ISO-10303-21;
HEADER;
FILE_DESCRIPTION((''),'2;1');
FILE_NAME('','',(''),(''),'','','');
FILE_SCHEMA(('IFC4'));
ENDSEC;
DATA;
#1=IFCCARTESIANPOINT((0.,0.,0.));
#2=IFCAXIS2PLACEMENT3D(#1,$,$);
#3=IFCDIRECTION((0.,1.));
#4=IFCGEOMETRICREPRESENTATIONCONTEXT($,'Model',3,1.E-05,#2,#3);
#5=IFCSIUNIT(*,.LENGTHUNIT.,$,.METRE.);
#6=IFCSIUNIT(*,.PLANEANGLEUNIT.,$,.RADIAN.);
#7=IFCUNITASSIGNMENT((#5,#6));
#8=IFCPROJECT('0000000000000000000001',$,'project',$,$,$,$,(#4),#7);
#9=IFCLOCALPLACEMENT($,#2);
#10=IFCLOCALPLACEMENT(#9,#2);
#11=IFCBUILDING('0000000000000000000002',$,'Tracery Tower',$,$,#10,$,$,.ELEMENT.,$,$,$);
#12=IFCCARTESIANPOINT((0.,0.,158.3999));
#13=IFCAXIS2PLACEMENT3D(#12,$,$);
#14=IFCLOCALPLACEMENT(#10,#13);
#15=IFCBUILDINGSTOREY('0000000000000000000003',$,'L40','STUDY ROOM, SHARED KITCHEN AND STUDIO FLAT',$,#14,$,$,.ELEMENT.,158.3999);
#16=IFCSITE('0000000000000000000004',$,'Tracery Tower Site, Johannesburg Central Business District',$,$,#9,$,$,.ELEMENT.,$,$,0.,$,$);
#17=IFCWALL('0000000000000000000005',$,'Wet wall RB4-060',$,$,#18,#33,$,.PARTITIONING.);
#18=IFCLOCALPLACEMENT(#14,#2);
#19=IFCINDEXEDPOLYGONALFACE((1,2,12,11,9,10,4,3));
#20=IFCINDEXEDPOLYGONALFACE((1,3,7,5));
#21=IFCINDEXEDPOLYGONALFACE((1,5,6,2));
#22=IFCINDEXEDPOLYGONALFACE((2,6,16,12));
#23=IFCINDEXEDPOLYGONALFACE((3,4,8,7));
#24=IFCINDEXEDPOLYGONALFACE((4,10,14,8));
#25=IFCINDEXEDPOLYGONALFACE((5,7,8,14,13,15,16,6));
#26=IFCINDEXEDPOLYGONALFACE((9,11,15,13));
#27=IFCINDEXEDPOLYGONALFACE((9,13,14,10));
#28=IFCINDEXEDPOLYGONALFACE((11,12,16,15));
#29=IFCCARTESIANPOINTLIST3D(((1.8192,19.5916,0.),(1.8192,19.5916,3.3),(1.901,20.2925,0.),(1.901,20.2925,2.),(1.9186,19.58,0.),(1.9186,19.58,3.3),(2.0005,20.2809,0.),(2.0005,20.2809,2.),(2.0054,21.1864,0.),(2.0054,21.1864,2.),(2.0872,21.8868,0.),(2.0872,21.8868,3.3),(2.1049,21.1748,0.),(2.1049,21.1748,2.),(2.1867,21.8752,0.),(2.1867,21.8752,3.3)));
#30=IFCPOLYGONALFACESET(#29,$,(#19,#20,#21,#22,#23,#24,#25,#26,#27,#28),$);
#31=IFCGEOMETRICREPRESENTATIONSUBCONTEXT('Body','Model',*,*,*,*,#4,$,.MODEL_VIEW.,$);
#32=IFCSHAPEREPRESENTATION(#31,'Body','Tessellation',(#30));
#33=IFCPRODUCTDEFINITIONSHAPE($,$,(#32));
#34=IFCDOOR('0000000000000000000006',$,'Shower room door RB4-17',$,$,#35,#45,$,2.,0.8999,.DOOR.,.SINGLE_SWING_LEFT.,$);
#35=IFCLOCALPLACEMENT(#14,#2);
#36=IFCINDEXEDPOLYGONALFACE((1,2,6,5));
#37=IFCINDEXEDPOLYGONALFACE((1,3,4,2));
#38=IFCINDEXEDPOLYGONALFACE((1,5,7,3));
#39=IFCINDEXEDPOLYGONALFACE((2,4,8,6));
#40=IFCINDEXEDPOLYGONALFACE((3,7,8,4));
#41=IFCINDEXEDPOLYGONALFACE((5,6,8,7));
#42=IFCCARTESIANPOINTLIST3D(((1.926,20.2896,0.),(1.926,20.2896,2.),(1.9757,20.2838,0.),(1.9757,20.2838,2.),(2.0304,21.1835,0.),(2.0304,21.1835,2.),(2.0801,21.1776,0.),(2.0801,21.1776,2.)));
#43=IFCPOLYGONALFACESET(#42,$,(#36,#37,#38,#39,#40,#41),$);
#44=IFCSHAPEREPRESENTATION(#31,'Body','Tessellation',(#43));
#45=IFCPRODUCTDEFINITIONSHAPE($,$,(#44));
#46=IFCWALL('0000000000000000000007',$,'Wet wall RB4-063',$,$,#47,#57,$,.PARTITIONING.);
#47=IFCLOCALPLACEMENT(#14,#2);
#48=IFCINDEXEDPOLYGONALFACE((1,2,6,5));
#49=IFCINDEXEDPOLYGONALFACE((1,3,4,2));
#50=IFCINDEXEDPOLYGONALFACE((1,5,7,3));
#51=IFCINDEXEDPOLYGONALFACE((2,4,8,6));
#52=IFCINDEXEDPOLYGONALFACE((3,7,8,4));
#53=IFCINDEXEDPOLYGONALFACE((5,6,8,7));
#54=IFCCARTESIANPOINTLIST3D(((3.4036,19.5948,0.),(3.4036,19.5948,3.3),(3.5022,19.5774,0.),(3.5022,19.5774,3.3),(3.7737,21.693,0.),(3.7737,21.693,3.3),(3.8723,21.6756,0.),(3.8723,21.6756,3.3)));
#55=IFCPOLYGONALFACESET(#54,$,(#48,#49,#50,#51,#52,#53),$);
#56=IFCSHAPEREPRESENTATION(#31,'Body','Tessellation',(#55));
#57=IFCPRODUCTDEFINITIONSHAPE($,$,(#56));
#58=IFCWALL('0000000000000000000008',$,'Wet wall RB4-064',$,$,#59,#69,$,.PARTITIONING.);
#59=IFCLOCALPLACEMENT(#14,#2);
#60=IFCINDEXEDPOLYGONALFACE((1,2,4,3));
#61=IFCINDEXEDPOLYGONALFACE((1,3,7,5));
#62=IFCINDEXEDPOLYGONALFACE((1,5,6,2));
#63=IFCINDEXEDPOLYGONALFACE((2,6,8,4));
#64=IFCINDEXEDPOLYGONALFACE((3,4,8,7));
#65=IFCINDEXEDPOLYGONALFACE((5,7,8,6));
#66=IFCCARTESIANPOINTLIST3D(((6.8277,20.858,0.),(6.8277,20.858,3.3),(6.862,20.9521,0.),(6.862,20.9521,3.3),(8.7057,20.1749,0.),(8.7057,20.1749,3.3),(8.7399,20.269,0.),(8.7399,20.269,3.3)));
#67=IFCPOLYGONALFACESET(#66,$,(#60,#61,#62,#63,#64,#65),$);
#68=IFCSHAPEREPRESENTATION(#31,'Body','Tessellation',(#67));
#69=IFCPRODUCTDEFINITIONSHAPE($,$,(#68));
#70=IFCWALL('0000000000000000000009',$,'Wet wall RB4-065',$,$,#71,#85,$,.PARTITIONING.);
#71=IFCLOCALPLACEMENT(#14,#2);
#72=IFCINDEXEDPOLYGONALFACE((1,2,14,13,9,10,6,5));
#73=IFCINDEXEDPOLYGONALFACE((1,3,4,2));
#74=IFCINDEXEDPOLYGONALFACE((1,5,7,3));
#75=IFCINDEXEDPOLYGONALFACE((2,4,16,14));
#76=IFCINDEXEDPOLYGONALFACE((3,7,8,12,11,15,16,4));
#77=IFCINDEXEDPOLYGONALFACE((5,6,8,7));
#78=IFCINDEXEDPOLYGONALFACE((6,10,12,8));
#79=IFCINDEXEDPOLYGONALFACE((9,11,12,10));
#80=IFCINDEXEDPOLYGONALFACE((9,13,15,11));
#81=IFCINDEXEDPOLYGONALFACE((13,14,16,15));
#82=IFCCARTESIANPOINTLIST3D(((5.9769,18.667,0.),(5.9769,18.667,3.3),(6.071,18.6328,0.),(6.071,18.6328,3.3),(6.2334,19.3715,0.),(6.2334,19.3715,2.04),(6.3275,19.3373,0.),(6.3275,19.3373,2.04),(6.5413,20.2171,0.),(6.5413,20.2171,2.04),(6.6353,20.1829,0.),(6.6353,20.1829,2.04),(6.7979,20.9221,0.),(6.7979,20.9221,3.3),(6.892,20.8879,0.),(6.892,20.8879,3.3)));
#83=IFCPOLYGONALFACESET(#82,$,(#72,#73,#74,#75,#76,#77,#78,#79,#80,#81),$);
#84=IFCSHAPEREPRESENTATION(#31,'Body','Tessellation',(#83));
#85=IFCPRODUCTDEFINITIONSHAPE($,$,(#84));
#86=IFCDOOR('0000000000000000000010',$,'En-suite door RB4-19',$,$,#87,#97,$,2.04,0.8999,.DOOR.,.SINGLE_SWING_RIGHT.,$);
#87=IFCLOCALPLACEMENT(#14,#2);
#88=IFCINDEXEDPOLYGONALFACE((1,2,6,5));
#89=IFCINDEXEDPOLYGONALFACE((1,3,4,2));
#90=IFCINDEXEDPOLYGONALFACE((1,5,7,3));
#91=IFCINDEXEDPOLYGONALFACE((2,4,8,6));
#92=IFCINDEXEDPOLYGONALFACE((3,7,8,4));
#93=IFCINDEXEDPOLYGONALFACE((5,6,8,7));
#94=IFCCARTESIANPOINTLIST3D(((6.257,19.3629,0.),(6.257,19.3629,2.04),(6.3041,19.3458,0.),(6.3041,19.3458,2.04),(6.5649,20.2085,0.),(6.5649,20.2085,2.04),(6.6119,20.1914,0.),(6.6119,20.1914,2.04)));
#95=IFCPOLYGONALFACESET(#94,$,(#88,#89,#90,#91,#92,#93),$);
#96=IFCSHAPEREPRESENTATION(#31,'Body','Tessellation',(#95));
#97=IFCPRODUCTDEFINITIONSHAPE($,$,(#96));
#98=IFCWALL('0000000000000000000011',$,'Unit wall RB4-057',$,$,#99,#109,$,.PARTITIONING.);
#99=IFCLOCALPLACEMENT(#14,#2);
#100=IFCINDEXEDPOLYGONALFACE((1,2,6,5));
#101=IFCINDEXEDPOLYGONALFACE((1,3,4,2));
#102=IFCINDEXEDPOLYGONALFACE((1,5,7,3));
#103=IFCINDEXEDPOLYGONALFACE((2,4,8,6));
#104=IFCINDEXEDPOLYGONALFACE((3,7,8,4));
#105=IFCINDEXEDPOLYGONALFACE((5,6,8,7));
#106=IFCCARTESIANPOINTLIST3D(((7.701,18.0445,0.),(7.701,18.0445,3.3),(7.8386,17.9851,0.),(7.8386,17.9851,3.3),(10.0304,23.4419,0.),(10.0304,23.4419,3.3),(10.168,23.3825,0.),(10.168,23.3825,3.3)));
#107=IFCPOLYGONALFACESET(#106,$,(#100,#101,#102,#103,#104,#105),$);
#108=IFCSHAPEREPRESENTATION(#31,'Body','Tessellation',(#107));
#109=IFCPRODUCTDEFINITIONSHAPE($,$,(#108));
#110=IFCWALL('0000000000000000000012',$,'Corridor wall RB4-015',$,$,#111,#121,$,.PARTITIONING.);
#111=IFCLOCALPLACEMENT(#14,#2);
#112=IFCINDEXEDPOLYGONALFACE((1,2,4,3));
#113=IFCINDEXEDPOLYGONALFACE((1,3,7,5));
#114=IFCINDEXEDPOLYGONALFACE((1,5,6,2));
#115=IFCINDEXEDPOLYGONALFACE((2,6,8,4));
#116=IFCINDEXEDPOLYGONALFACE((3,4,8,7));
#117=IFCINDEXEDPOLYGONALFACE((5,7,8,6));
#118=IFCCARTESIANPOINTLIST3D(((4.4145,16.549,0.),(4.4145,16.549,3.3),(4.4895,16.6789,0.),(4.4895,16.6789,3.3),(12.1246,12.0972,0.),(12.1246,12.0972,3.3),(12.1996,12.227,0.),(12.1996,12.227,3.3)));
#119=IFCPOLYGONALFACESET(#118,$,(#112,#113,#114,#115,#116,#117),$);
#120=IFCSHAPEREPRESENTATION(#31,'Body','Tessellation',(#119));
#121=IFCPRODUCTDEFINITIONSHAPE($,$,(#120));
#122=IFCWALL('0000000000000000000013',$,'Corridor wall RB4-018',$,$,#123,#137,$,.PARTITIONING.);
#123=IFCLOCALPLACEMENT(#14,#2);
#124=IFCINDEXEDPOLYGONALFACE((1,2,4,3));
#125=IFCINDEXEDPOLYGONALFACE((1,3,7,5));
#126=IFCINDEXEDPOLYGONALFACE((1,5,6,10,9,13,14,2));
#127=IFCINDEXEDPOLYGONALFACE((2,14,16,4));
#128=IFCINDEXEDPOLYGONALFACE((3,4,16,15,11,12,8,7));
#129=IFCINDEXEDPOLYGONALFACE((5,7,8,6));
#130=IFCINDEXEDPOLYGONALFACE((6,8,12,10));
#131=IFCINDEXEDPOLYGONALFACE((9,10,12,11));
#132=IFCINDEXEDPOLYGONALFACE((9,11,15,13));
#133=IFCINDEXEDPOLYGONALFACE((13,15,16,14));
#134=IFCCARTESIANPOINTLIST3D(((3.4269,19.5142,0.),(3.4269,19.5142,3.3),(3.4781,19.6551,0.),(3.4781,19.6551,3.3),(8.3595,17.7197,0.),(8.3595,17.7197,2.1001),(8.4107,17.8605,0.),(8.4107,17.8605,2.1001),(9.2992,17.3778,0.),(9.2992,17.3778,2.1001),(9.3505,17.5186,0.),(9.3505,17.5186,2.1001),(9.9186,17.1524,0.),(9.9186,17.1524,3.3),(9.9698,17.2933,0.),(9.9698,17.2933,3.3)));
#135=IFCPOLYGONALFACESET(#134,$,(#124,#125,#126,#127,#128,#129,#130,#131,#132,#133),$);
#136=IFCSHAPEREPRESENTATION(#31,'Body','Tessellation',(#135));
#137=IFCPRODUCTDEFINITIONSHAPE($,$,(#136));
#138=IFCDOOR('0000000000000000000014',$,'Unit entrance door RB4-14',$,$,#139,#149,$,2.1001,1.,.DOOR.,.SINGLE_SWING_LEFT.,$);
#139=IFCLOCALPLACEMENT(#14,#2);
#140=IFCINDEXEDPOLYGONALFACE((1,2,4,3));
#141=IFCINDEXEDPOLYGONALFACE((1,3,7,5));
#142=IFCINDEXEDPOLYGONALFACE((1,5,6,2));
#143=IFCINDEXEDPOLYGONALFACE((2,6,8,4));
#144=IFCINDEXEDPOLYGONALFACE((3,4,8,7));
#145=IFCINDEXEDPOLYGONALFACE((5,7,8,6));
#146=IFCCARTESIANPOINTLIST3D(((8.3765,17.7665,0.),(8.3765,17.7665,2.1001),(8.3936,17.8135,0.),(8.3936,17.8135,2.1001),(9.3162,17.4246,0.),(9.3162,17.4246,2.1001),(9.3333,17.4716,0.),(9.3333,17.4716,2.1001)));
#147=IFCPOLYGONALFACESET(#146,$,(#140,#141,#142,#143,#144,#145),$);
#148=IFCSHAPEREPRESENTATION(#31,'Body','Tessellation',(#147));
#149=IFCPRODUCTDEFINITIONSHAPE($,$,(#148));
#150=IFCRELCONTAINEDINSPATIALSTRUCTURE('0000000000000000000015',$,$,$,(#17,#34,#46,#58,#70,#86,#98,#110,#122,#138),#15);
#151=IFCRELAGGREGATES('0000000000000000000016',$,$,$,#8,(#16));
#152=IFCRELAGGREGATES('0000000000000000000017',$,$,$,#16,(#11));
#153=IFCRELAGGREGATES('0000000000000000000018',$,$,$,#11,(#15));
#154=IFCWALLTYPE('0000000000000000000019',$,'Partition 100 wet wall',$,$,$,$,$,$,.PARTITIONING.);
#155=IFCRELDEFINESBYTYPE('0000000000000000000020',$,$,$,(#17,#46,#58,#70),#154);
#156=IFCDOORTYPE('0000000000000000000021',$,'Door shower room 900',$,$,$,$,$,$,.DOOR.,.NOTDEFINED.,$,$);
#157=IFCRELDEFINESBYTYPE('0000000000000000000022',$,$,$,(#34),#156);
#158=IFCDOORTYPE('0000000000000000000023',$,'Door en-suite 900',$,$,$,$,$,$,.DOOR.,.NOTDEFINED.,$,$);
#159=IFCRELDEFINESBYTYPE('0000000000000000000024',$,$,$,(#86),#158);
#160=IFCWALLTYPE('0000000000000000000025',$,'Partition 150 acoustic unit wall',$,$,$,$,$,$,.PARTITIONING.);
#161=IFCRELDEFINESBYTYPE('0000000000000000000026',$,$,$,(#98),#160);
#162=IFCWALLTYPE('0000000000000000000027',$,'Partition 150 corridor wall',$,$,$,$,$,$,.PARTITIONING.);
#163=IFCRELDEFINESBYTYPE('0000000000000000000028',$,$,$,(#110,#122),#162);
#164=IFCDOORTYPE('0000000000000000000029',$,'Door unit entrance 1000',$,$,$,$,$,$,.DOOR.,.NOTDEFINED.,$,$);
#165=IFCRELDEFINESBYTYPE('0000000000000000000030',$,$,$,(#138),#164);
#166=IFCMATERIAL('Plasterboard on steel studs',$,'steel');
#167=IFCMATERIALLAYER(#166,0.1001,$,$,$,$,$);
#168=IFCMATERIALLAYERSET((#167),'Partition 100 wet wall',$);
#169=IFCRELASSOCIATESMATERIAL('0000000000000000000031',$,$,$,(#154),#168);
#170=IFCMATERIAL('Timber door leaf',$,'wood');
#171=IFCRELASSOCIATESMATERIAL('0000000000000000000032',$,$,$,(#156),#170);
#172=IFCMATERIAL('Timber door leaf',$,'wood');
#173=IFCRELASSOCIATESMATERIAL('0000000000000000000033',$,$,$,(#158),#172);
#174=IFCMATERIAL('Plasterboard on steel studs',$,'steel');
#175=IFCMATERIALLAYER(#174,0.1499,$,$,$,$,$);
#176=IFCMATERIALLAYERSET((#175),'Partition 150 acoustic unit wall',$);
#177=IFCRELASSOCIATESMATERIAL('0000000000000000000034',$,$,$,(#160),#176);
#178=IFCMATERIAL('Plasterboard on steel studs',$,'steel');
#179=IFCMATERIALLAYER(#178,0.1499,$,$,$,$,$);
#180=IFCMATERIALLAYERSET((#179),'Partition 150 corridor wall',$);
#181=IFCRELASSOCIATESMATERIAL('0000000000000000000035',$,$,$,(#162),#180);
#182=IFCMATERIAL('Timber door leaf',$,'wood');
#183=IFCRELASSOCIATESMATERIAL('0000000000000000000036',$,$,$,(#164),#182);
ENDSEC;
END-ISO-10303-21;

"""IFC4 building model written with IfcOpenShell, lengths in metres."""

from ifc_helpers import new_model, si_unit, direction, frame, frame_2d, origin, place, context, subcontext, project, spatial, rectangle, extrude, material, layer, layer_set, type_object, element, fill, save


model = new_model("IFC4")

# Units and contexts
model_context = context("Model", 3, precision=1e-05, world=origin(), true_north=direction((0.0, 1.0)))
body_context = subcontext(model_context, "Body", "Model", "MODEL_VIEW")
ifc_project = project(units=[si_unit("LENGTHUNIT", "METRE"), si_unit("PLANEANGLEUNIT", "RADIAN")], contexts=[model_context])

# Site, building, storey
site_placement = place(None, origin())
site = spatial("IfcSite", under=ifc_project, at=site_placement, Name="Tracery Tower Site, Johannesburg Central Business District", CompositionType="ELEMENT", RefElevation=0.0)
building_placement = place(site_placement, origin())
building = spatial("IfcBuilding", under=site, at=building_placement, Name="Tracery Tower", CompositionType="ELEMENT")
storey_placement = place(building_placement, frame((0.0, 0.0, 158.3999)))
storey = spatial("IfcBuildingStorey", under=building, at=storey_placement, Name="L40", Description="STUDY ROOM, SHARED KITCHEN AND STUDIO FLAT", CompositionType="ELEMENT", Elevation=158.3999)

# Shared definitions
ifc_material_1 = material(Name="Plasterboard on steel studs", Category="steel")
ifc_layer_1 = layer(ifc_material_1, 0.1001)
ifc_layer_set_1 = layer_set([ifc_layer_1], Name="Partition 100 wet wall")
wall_type_1 = type_object("IfcWallType", Name="Partition 100 wet wall", PredefinedType="PARTITIONING", material=ifc_layer_set_1)

# Wall, opening, door
wall_1_placement = place(storey_placement, frame((1.8689, 19.5859, 0.0), z_axis=(0.0, 0.0, 1.0), x_axis=(0.116008, 0.993248, 0.0)))
wall_1 = element("IfcWall", 1, at=wall_1_placement, inside=storey, type_object=wall_type_1, Name="Wet wall RB4-060", PredefinedType="PARTITIONING", context=body_context, shape_type="SweptSolid", body=[
    extrude(rectangle(XDim=2.3108, YDim=0.1001, at=frame_2d((1.1553, 0.0))), origin(), (0.0, 0.0, 1.0), 3.3),
])
opening_1_placement = place(wall_1_placement, frame((0.7056, 0.0, 0.0)))
opening_1 = element("IfcOpeningElement", 2, at=opening_1_placement, cuts=wall_1, PredefinedType="OPENING", context=body_context, shape_type="SweptSolid", body=[
    extrude(rectangle(XDim=0.8999, YDim=2.0, at=frame_2d((0.45, 1.0))), frame((0.0, 0.05, 0.0), z_axis=(0.0, -1.0, 0.0), x_axis=(1.0, 0.0, 0.0)), (0.0, 0.0, 1.0), 0.1001),
])
ifc_material_2 = material(Name="Timber door leaf", Category="wood")
door_type_1 = type_object("IfcDoorType", Name="Door shower room 900", OperationType="NOTDEFINED", PredefinedType="DOOR", material=ifc_material_2)
door_1_placement = place(opening_1_placement, origin())
door_1 = element("IfcDoor", 3, at=door_1_placement, inside=storey, type_object=door_type_1, Name="Shower room door RB4-17", OperationType="SINGLE_SWING_LEFT", OverallHeight=2.0, OverallWidth=0.8999, PredefinedType="DOOR", context=body_context, shape_type="SweptSolid", body=[
    extrude(rectangle(XDim=0.8999, YDim=2.0, at=frame_2d((0.45, 1.0))), frame((0.0, 0.0249, 0.0), z_axis=(0.0, -1.0, 0.0), x_axis=(1.0, 0.0, 0.0)), (0.0, 0.0, 1.0), 0.05),
])
fill(opening_1, door_1)

# Walls
wall_2_placement = place(storey_placement, frame((3.4529, 19.5859, 0.0), z_axis=(0.0, 0.0, 1.0), x_axis=(0.17372, 0.984795, 0.0)))
element("IfcWall", 4, at=wall_2_placement, inside=storey, type_object=wall_type_1, Name="Wet wall RB4-063", PredefinedType="PARTITIONING", context=body_context, shape_type="SweptSolid", body=[
    extrude(rectangle(XDim=2.1306, YDim=0.1001, at=frame_2d((1.0654, 0.0))), origin(), (0.0, 0.0, 1.0), 3.3),
])
wall_3_placement = place(storey_placement, frame((6.845, 20.905, 0.0), z_axis=(0.0, 0.0, 1.0), x_axis=(0.939758, -0.341841, 0.0)))
element("IfcWall", 5, at=wall_3_placement, inside=storey, type_object=wall_type_1, Name="Wet wall RB4-064", PredefinedType="PARTITIONING", context=body_context, shape_type="SweptSolid", body=[
    extrude(rectangle(XDim=1.9983, YDim=0.1001, at=frame_2d((0.999, 0.0))), origin(), (0.0, 0.0, 1.0), 3.3),
])

# Wall, opening, door
wall_4_placement = place(storey_placement, frame((6.0239, 18.6499, 0.0), z_axis=(0.0, 0.0, 1.0), x_axis=(0.342111, 0.93966, 0.0)))
wall_4 = element("IfcWall", 6, at=wall_4_placement, inside=storey, type_object=wall_type_1, Name="Wet wall RB4-065", PredefinedType="PARTITIONING", context=body_context, shape_type="SweptSolid", body=[
    extrude(rectangle(XDim=2.3999, YDim=0.1001, at=frame_2d((1.2, 0.0))), origin(), (0.0, 0.0, 1.0), 3.3),
])
opening_2_placement = place(wall_4_placement, frame((0.7498, 0.0, 0.0)))
opening_2 = element("IfcOpeningElement", 7, at=opening_2_placement, cuts=wall_4, PredefinedType="OPENING", context=body_context, shape_type="SweptSolid", body=[
    extrude(rectangle(XDim=0.8999, YDim=2.04, at=frame_2d((0.45, 1.02))), frame((0.0, 0.05, 0.0), z_axis=(0.0, -1.0, 0.0), x_axis=(1.0, 0.0, 0.0)), (0.0, 0.0, 1.0), 0.1001),
])
ifc_material_3 = material(Name="Timber door leaf", Category="wood")
door_type_2 = type_object("IfcDoorType", Name="Door en-suite 900", OperationType="NOTDEFINED", PredefinedType="DOOR", material=ifc_material_3)
door_2_placement = place(opening_2_placement, origin())
door_2 = element("IfcDoor", 8, at=door_2_placement, inside=storey, type_object=door_type_2, Name="En-suite door RB4-19", OperationType="SINGLE_SWING_RIGHT", OverallHeight=2.04, OverallWidth=0.8999, PredefinedType="DOOR", context=body_context, shape_type="SweptSolid", body=[
    extrude(rectangle(XDim=0.8999, YDim=2.04, at=frame_2d((0.45, 1.02))), frame((0.0, 0.0249, 0.0), z_axis=(0.0, -1.0, 0.0), x_axis=(1.0, 0.0, 0.0)), (0.0, 0.0, 1.0), 0.05),
])
fill(opening_2, door_2)

# Walls
ifc_material_4 = material(Name="Plasterboard on steel studs", Category="steel")
ifc_layer_2 = layer(ifc_material_4, 0.1499)
ifc_layer_set_2 = layer_set([ifc_layer_2], Name="Partition 150 acoustic unit wall")
wall_type_2 = type_object("IfcWallType", Name="Partition 150 acoustic unit wall", PredefinedType="PARTITIONING", material=ifc_layer_set_2)
wall_5_placement = place(storey_placement, frame((7.7698, 18.0146, 0.0), z_axis=(0.0, 0.0, 1.0), x_axis=(0.396239, 0.918148, 0.0)))
element("IfcWall", 9, at=wall_5_placement, inside=storey, type_object=wall_type_2, Name="Unit wall RB4-057", PredefinedType="PARTITIONING", context=body_context, shape_type="SweptSolid", body=[
    extrude(rectangle(XDim=5.8787, YDim=0.1499, at=frame_2d((2.9395, 0.0))), origin(), (0.0, 0.0, 1.0), 3.3),
])
ifc_material_5 = material(Name="Plasterboard on steel studs", Category="steel")
ifc_layer_3 = layer(ifc_material_5, 0.1499)
ifc_layer_set_3 = layer_set([ifc_layer_3], Name="Partition 150 corridor wall")
wall_type_3 = type_object("IfcWallType", Name="Partition 150 corridor wall", PredefinedType="PARTITIONING", material=ifc_layer_set_3)
wall_6_placement = place(storey_placement, frame((4.4519, 16.614, 0.0), z_axis=(0.0, 0.0, 1.0), x_axis=(0.866005, -0.500035, 0.0)))
element("IfcWall", 10, at=wall_6_placement, inside=storey, type_object=wall_type_3, Name="Corridor wall RB4-015", PredefinedType="PARTITIONING", context=body_context, shape_type="SweptSolid", body=[
    extrude(rectangle(XDim=8.9031, YDim=0.1499, at=frame_2d((4.4517, 0.0))), origin(), (0.0, 0.0, 1.0), 3.3),
])

# Wall, opening, door
wall_7_placement = place(storey_placement, frame((3.4524, 19.5847, 0.0), z_axis=(0.0, 0.0, 1.0), x_axis=(0.939738, -0.341896, 0.0)))
wall_7 = element("IfcWall", 11, at=wall_7_placement, inside=storey, type_object=wall_type_3, Name="Corridor wall RB4-018", PredefinedType="PARTITIONING", context=body_context, shape_type="SweptSolid", body=[
    extrude(rectangle(XDim=6.908, YDim=0.1499, at=frame_2d((3.4541, 0.0))), origin(), (0.0, 0.0, 1.0), 3.3),
])
opening_3_placement = place(wall_7_placement, frame((5.249, 0.0, 0.0)))
opening_3 = element("IfcOpeningElement", 12, at=opening_3_placement, cuts=wall_7, PredefinedType="OPENING", context=body_context, shape_type="SweptSolid", body=[
    extrude(rectangle(XDim=1.0, YDim=2.1001, at=frame_2d((0.5, 1.05))), frame((0.0, 0.075, 0.0), z_axis=(0.0, -1.0, 0.0), x_axis=(1.0, 0.0, 0.0)), (0.0, 0.0, 1.0), 0.1499),
])
ifc_material_6 = material(Name="Timber door leaf", Category="wood")
door_type_3 = type_object("IfcDoorType", Name="Door unit entrance 1000", OperationType="NOTDEFINED", PredefinedType="DOOR", material=ifc_material_6)
door_3_placement = place(opening_3_placement, origin())
door_3 = element("IfcDoor", 13, at=door_3_placement, inside=storey, type_object=door_type_3, Name="Unit entrance door RB4-14", OperationType="SINGLE_SWING_LEFT", OverallHeight=2.1001, OverallWidth=1.0, PredefinedType="DOOR", context=body_context, shape_type="SweptSolid", body=[
    extrude(rectangle(XDim=1.0, YDim=2.1001, at=frame_2d((0.5, 1.05))), frame((0.0, 0.0249, 0.0), z_axis=(0.0, -1.0, 0.0), x_axis=(1.0, 0.0, 0.0)), (0.0, 0.0, 1.0), 0.05),
])
fill(opening_3, door_3)

save(model, "model.ifc")
